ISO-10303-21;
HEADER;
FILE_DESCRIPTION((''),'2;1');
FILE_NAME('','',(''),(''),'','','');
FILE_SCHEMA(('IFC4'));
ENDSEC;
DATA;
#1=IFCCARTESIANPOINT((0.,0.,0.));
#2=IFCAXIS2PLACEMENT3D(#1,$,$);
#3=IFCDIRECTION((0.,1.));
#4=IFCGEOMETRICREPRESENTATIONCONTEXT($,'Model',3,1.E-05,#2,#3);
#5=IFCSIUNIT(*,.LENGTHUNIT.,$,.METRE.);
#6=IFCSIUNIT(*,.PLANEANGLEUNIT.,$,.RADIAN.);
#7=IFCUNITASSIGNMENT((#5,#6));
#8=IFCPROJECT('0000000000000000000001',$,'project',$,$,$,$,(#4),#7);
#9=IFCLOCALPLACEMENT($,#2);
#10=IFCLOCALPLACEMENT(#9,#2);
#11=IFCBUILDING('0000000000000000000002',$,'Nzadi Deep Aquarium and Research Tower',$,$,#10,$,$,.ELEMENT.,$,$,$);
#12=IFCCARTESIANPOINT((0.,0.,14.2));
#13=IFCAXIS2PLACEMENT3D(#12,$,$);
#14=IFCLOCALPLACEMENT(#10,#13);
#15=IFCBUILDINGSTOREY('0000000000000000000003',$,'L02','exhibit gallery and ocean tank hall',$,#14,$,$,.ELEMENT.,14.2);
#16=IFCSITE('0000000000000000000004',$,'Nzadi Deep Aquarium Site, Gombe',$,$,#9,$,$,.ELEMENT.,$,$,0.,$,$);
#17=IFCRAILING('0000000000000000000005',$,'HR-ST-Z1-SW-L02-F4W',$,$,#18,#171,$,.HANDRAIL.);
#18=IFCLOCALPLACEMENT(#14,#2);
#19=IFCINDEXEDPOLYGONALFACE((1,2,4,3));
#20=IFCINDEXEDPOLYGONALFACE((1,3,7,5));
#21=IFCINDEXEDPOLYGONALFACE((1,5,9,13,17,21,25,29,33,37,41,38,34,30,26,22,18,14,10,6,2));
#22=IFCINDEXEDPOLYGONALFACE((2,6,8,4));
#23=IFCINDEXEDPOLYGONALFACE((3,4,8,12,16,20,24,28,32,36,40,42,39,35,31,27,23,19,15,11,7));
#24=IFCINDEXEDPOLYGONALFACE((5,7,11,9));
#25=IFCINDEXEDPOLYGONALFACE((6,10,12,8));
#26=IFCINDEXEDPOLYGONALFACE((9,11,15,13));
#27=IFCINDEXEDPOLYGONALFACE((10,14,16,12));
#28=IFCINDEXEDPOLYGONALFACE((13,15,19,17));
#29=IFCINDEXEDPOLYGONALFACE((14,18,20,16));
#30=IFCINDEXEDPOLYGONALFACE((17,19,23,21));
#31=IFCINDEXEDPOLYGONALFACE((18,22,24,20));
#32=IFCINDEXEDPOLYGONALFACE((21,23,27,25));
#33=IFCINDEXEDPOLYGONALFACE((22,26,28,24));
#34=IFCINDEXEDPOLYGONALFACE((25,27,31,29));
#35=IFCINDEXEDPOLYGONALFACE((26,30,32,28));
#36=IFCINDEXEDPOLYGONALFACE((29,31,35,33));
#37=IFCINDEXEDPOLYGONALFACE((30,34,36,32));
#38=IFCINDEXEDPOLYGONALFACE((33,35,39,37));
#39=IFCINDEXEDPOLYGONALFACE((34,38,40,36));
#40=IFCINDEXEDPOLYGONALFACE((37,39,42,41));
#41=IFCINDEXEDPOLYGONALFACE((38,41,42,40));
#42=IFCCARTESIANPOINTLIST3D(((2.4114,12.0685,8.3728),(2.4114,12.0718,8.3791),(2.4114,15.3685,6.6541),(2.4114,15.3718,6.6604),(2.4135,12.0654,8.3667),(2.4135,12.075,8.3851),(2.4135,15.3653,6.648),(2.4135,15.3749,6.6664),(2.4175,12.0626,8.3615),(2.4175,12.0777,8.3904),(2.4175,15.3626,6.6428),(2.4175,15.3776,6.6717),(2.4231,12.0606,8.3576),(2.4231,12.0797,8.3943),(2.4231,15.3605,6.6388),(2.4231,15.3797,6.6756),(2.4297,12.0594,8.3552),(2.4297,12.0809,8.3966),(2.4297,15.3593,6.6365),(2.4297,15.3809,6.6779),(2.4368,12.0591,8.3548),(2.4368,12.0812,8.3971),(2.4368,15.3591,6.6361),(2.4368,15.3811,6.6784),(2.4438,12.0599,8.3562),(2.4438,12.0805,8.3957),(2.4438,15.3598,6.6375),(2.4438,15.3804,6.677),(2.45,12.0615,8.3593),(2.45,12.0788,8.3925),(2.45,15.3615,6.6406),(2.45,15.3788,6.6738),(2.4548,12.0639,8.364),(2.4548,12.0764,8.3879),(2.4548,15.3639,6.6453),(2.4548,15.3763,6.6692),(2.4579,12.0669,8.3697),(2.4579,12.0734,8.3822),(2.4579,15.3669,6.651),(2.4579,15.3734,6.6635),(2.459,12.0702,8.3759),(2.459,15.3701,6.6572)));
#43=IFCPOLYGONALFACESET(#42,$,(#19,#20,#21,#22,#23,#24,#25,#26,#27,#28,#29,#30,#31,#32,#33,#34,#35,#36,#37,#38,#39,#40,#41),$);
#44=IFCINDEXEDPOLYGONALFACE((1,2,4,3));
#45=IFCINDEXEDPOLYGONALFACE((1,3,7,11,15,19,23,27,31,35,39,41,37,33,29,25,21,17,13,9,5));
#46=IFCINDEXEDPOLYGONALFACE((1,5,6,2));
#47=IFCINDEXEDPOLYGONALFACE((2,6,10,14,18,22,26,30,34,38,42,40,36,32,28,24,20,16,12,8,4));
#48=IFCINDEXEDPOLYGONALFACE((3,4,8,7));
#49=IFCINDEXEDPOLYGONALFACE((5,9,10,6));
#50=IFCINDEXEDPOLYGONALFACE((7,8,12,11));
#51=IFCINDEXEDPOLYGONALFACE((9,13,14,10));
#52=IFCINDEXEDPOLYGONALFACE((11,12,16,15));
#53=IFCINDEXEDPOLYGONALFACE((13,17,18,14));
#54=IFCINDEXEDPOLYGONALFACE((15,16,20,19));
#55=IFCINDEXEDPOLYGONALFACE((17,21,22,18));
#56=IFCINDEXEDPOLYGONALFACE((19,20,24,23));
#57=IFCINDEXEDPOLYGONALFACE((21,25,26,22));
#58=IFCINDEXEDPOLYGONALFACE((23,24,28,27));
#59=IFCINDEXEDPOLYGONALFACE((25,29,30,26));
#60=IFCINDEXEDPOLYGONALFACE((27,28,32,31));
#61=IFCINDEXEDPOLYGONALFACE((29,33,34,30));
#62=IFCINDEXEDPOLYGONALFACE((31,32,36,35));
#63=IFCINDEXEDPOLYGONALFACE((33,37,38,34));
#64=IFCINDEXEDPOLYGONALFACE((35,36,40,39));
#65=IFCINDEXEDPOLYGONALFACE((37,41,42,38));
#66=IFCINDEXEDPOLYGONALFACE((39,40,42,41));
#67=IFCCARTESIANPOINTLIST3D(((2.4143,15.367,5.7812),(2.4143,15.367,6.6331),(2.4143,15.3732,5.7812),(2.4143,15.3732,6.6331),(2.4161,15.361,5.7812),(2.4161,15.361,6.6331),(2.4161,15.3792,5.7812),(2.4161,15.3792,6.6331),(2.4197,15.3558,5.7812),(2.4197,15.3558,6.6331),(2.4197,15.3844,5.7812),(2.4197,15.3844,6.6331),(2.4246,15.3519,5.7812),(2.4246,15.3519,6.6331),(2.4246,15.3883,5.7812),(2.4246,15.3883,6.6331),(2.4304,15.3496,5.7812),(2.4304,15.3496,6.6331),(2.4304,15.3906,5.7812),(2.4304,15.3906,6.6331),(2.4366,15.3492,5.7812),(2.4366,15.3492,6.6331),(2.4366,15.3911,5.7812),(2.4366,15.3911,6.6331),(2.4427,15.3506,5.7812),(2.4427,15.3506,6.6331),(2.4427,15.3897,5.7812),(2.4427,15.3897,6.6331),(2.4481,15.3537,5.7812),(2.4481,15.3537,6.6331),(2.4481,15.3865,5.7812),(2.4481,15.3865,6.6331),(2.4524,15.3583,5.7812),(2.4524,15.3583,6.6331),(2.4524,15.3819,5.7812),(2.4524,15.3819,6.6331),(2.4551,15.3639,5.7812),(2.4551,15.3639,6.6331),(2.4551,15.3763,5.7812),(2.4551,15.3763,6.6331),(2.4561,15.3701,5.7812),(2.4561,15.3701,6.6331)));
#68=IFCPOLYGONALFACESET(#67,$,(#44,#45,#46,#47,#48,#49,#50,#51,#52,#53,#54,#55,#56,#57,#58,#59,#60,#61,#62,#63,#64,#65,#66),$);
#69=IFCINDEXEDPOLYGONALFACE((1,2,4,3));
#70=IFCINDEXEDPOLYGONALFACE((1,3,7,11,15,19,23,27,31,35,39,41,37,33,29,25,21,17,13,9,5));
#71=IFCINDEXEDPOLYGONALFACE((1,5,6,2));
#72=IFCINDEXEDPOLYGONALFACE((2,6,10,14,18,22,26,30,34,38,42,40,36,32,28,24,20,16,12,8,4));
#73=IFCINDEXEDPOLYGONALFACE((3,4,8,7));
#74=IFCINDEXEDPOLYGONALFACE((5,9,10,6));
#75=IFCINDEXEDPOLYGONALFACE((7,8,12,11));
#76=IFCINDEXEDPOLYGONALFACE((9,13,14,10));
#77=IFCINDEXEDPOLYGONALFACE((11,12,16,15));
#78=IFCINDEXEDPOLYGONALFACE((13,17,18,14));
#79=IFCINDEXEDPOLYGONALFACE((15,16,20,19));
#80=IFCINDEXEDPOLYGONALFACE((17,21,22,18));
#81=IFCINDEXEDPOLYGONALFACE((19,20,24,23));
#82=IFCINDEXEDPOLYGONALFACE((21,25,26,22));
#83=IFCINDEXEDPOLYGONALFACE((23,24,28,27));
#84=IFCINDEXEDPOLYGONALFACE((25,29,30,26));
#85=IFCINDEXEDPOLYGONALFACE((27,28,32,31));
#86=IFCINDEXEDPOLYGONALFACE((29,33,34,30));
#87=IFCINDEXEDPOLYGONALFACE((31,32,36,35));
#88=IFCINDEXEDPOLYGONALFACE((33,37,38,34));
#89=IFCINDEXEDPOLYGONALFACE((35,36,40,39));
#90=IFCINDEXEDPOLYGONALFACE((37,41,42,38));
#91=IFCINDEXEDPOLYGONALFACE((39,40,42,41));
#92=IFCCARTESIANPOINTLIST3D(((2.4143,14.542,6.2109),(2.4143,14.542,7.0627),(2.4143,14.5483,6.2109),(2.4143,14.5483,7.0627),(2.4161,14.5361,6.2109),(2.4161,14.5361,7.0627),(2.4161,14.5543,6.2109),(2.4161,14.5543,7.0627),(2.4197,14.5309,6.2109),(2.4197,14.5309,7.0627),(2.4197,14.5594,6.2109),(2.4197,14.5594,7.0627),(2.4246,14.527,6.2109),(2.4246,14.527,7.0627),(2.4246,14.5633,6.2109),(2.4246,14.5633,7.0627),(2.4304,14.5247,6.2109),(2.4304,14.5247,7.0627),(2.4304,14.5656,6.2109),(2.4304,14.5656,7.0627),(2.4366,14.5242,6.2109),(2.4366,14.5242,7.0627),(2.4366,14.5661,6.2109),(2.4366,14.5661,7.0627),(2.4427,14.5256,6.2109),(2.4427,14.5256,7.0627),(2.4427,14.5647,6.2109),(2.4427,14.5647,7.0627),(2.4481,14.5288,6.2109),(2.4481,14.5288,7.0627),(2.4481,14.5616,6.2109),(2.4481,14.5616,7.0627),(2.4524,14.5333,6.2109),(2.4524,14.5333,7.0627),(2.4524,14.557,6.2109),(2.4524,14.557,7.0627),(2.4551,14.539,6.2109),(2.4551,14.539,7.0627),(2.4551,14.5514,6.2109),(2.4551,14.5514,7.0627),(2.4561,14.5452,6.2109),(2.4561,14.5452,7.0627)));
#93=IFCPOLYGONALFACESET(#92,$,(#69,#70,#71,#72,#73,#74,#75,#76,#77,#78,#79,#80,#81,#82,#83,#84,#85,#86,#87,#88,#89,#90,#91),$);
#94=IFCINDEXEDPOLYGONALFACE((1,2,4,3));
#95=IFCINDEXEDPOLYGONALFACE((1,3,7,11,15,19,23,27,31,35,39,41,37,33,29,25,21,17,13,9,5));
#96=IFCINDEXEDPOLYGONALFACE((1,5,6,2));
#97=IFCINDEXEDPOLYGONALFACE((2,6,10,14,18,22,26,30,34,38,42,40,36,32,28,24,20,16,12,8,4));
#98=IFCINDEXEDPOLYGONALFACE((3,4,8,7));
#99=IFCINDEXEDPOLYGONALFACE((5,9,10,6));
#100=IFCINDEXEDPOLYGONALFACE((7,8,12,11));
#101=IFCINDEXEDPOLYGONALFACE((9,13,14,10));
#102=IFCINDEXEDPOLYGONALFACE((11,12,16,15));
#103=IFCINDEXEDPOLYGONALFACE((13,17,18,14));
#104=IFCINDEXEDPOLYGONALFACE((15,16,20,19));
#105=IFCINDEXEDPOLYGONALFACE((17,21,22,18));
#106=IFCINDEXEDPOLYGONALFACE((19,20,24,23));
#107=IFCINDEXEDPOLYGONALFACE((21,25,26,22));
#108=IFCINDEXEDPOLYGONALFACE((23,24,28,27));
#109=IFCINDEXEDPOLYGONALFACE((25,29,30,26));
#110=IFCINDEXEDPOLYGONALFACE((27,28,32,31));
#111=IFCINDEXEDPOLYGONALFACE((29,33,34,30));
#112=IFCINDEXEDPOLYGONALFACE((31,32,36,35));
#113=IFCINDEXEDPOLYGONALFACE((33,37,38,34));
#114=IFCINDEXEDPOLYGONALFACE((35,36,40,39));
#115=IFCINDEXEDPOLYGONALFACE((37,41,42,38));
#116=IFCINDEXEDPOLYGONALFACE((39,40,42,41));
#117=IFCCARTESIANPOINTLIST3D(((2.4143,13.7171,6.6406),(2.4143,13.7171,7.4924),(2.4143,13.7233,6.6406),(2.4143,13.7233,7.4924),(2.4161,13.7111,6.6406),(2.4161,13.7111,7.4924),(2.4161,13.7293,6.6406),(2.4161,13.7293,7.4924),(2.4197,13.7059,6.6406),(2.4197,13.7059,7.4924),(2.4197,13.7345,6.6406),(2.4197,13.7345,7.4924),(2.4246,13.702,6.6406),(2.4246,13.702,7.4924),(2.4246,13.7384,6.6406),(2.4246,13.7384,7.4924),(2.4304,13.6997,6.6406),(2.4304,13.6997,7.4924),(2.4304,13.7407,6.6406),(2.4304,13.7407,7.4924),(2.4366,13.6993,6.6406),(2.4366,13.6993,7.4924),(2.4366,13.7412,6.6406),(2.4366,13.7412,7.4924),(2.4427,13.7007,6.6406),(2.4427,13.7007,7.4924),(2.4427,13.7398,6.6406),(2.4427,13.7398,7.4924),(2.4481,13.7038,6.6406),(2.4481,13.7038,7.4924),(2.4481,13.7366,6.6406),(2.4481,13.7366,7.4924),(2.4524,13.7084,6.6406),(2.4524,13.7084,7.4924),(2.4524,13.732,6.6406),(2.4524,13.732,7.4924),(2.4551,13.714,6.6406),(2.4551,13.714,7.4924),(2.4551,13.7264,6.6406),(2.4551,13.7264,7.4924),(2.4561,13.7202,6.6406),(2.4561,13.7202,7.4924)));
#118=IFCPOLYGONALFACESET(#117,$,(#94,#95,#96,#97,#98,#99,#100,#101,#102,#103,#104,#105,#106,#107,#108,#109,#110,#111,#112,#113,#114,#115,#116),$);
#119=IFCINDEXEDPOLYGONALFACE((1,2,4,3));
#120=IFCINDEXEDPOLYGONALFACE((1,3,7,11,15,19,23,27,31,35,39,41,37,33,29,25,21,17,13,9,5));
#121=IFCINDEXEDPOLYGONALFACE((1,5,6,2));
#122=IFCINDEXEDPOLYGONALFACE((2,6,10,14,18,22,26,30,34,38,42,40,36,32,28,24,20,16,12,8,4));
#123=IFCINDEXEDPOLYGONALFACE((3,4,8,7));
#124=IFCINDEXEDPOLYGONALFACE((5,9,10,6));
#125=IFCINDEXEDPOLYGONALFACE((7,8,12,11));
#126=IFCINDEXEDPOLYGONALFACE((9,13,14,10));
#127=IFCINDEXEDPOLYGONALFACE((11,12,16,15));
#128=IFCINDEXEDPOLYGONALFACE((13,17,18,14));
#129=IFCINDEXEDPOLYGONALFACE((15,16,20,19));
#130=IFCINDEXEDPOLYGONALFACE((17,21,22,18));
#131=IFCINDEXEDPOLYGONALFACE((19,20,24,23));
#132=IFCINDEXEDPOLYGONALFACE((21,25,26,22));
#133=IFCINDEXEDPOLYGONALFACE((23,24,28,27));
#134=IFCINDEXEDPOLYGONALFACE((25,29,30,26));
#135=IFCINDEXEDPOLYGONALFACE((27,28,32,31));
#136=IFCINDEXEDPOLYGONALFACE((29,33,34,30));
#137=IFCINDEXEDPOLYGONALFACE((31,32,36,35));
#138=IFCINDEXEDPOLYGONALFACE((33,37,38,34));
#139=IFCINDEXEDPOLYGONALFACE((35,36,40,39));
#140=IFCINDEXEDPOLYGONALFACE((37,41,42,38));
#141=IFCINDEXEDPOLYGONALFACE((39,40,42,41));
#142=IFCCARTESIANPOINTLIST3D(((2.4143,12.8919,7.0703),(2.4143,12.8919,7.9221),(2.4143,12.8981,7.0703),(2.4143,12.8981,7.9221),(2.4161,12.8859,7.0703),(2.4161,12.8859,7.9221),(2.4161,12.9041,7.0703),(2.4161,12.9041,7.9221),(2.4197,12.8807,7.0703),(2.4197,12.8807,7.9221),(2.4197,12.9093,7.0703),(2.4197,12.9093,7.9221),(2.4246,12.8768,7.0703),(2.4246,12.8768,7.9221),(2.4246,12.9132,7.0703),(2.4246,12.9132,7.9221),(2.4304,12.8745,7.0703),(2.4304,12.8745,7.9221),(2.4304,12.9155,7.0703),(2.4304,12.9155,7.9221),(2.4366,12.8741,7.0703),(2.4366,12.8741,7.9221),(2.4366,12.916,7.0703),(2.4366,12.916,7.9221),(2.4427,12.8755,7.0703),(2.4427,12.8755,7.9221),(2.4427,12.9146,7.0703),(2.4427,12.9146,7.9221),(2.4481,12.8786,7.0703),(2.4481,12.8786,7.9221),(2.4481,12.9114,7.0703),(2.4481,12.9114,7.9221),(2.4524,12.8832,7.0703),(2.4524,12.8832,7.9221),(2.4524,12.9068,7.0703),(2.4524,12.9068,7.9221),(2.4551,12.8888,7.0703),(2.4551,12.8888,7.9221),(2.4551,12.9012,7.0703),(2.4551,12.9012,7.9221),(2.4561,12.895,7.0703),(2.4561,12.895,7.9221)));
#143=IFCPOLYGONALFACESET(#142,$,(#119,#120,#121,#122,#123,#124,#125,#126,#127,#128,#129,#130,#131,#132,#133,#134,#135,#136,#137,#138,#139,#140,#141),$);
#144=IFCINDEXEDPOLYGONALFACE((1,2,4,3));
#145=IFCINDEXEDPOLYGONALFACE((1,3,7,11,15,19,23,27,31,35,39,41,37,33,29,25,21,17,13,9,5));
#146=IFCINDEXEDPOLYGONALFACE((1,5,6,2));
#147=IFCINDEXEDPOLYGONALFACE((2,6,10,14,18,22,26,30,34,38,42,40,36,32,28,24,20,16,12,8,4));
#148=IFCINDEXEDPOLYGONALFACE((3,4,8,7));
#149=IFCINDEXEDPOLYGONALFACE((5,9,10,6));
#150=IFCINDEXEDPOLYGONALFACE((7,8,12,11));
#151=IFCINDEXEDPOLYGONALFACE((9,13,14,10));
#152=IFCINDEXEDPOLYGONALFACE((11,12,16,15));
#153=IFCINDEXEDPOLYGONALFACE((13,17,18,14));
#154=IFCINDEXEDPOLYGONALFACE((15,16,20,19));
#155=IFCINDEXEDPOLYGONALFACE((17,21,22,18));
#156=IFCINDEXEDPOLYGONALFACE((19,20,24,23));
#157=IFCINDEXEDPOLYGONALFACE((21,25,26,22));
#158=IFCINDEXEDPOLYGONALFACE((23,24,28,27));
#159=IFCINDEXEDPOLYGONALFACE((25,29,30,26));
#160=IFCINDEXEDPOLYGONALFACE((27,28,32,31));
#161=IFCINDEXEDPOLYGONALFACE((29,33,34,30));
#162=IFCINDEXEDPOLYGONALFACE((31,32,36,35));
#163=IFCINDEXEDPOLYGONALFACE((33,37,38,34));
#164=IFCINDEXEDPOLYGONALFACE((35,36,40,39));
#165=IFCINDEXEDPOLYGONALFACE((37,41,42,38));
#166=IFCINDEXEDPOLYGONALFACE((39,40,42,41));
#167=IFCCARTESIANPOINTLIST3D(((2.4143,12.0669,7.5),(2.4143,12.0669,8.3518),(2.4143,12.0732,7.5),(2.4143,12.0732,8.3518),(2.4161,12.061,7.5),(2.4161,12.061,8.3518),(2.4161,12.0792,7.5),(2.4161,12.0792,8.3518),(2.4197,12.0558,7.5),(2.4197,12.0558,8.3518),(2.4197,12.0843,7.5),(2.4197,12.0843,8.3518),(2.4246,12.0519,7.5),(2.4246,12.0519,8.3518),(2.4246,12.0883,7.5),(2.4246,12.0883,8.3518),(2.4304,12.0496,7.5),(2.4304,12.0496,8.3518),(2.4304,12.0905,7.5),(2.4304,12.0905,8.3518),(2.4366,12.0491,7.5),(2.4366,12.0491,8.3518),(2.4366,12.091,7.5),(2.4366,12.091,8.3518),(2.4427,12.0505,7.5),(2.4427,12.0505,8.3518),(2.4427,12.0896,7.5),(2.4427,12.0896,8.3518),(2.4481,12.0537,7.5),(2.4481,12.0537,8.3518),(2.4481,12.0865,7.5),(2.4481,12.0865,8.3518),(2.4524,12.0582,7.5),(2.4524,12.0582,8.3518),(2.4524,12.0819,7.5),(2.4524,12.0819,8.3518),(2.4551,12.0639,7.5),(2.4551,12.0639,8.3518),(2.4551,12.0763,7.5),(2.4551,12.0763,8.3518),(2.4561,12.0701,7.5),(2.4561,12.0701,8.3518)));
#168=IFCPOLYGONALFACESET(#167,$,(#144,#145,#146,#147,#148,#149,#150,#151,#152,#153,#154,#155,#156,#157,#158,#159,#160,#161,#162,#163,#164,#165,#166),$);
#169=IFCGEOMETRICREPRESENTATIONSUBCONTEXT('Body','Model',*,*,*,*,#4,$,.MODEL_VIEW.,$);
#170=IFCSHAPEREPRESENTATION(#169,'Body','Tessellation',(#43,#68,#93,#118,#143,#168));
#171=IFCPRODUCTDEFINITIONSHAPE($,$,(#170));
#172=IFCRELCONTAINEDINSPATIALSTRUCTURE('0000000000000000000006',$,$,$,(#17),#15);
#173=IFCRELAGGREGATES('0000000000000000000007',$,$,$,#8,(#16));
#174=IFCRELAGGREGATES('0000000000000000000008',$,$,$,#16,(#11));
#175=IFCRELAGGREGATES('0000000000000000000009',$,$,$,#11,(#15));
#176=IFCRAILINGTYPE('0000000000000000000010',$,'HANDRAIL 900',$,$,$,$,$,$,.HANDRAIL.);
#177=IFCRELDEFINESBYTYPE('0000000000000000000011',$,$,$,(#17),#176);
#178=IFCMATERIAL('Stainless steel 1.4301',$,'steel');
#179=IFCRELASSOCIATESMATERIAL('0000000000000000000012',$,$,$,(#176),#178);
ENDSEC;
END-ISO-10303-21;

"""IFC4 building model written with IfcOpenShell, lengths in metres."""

from ifc_helpers import new_model, si_unit, direction, frame, origin, origin_2d, place, context, subcontext, project, spatial, circle, extrude, material, type_object, element, save


model = new_model("IFC4")

# Units and contexts
model_context = context("Model", 3, precision=1e-05, world=origin(), true_north=direction((0.0, 1.0)))
body_context = subcontext(model_context, "Body", "Model", "MODEL_VIEW")
ifc_project = project(units=[si_unit("LENGTHUNIT", "METRE"), si_unit("PLANEANGLEUNIT", "RADIAN")], contexts=[model_context])

# Site, building, storey
site_placement = place(None, origin())
site = spatial("IfcSite", under=ifc_project, at=site_placement, Name="Nzadi Deep Aquarium Site, Gombe", CompositionType="ELEMENT", RefElevation=0.0)
building_placement = place(site_placement, origin())
building = spatial("IfcBuilding", under=site, at=building_placement, Name="Nzadi Deep Aquarium and Research Tower", CompositionType="ELEMENT")
storey_placement = place(building_placement, frame((0.0, 0.0, 14.2)))
storey = spatial("IfcBuildingStorey", under=building, at=storey_placement, Name="L02", Description="exhibit gallery and ocean tank hall", CompositionType="ELEMENT", Elevation=14.2)

# Railing
ifc_material_1 = material(Name="Stainless steel 1.4301", Category="steel")
railing_type = type_object("IfcRailingType", Name="HANDRAIL 900", PredefinedType="HANDRAIL", material=ifc_material_1)
for number, where, name in (
    (1, (2.4351, 15.3701, 5.7812), "HR-ST-Z1-SW-L02-F4W"),
):
    element("IfcRailing", number, at=place(storey_placement, frame(where)), inside=storey, type_object=railing_type, Name=name, PredefinedType="HANDRAIL", context=body_context, shape_type="SweptSolid", body=[
        extrude(circle(Radius=0.0239, at=origin_2d()), frame((0.0, 0.0, 0.876), z_axis=(0.0, -0.886917, 0.461929), x_axis=(1.0, 0.0, 0.0)), (0.0, 0.0, 1.0), 3.7207),
        extrude(circle(Radius=0.021, at=origin_2d()), origin(), (0.0, 0.0, 1.0), 0.8518),
        extrude(circle(Radius=0.021, at=origin_2d()), frame((0.0, -0.825, 0.4297)), (0.0, 0.0, 1.0), 0.8518),
        extrude(circle(Radius=0.021, at=origin_2d()), frame((0.0, -1.6499, 0.8594)), (0.0, 0.0, 1.0), 0.8518),
        extrude(circle(Radius=0.021, at=origin_2d()), frame((0.0, -2.4751, 1.2891)), (0.0, 0.0, 1.0), 0.8518),
        extrude(circle(Radius=0.021, at=origin_2d()), frame((0.0, -3.3, 1.7188)), (0.0, 0.0, 1.0), 0.8518),
    ])

save(model, "model.ifc")
